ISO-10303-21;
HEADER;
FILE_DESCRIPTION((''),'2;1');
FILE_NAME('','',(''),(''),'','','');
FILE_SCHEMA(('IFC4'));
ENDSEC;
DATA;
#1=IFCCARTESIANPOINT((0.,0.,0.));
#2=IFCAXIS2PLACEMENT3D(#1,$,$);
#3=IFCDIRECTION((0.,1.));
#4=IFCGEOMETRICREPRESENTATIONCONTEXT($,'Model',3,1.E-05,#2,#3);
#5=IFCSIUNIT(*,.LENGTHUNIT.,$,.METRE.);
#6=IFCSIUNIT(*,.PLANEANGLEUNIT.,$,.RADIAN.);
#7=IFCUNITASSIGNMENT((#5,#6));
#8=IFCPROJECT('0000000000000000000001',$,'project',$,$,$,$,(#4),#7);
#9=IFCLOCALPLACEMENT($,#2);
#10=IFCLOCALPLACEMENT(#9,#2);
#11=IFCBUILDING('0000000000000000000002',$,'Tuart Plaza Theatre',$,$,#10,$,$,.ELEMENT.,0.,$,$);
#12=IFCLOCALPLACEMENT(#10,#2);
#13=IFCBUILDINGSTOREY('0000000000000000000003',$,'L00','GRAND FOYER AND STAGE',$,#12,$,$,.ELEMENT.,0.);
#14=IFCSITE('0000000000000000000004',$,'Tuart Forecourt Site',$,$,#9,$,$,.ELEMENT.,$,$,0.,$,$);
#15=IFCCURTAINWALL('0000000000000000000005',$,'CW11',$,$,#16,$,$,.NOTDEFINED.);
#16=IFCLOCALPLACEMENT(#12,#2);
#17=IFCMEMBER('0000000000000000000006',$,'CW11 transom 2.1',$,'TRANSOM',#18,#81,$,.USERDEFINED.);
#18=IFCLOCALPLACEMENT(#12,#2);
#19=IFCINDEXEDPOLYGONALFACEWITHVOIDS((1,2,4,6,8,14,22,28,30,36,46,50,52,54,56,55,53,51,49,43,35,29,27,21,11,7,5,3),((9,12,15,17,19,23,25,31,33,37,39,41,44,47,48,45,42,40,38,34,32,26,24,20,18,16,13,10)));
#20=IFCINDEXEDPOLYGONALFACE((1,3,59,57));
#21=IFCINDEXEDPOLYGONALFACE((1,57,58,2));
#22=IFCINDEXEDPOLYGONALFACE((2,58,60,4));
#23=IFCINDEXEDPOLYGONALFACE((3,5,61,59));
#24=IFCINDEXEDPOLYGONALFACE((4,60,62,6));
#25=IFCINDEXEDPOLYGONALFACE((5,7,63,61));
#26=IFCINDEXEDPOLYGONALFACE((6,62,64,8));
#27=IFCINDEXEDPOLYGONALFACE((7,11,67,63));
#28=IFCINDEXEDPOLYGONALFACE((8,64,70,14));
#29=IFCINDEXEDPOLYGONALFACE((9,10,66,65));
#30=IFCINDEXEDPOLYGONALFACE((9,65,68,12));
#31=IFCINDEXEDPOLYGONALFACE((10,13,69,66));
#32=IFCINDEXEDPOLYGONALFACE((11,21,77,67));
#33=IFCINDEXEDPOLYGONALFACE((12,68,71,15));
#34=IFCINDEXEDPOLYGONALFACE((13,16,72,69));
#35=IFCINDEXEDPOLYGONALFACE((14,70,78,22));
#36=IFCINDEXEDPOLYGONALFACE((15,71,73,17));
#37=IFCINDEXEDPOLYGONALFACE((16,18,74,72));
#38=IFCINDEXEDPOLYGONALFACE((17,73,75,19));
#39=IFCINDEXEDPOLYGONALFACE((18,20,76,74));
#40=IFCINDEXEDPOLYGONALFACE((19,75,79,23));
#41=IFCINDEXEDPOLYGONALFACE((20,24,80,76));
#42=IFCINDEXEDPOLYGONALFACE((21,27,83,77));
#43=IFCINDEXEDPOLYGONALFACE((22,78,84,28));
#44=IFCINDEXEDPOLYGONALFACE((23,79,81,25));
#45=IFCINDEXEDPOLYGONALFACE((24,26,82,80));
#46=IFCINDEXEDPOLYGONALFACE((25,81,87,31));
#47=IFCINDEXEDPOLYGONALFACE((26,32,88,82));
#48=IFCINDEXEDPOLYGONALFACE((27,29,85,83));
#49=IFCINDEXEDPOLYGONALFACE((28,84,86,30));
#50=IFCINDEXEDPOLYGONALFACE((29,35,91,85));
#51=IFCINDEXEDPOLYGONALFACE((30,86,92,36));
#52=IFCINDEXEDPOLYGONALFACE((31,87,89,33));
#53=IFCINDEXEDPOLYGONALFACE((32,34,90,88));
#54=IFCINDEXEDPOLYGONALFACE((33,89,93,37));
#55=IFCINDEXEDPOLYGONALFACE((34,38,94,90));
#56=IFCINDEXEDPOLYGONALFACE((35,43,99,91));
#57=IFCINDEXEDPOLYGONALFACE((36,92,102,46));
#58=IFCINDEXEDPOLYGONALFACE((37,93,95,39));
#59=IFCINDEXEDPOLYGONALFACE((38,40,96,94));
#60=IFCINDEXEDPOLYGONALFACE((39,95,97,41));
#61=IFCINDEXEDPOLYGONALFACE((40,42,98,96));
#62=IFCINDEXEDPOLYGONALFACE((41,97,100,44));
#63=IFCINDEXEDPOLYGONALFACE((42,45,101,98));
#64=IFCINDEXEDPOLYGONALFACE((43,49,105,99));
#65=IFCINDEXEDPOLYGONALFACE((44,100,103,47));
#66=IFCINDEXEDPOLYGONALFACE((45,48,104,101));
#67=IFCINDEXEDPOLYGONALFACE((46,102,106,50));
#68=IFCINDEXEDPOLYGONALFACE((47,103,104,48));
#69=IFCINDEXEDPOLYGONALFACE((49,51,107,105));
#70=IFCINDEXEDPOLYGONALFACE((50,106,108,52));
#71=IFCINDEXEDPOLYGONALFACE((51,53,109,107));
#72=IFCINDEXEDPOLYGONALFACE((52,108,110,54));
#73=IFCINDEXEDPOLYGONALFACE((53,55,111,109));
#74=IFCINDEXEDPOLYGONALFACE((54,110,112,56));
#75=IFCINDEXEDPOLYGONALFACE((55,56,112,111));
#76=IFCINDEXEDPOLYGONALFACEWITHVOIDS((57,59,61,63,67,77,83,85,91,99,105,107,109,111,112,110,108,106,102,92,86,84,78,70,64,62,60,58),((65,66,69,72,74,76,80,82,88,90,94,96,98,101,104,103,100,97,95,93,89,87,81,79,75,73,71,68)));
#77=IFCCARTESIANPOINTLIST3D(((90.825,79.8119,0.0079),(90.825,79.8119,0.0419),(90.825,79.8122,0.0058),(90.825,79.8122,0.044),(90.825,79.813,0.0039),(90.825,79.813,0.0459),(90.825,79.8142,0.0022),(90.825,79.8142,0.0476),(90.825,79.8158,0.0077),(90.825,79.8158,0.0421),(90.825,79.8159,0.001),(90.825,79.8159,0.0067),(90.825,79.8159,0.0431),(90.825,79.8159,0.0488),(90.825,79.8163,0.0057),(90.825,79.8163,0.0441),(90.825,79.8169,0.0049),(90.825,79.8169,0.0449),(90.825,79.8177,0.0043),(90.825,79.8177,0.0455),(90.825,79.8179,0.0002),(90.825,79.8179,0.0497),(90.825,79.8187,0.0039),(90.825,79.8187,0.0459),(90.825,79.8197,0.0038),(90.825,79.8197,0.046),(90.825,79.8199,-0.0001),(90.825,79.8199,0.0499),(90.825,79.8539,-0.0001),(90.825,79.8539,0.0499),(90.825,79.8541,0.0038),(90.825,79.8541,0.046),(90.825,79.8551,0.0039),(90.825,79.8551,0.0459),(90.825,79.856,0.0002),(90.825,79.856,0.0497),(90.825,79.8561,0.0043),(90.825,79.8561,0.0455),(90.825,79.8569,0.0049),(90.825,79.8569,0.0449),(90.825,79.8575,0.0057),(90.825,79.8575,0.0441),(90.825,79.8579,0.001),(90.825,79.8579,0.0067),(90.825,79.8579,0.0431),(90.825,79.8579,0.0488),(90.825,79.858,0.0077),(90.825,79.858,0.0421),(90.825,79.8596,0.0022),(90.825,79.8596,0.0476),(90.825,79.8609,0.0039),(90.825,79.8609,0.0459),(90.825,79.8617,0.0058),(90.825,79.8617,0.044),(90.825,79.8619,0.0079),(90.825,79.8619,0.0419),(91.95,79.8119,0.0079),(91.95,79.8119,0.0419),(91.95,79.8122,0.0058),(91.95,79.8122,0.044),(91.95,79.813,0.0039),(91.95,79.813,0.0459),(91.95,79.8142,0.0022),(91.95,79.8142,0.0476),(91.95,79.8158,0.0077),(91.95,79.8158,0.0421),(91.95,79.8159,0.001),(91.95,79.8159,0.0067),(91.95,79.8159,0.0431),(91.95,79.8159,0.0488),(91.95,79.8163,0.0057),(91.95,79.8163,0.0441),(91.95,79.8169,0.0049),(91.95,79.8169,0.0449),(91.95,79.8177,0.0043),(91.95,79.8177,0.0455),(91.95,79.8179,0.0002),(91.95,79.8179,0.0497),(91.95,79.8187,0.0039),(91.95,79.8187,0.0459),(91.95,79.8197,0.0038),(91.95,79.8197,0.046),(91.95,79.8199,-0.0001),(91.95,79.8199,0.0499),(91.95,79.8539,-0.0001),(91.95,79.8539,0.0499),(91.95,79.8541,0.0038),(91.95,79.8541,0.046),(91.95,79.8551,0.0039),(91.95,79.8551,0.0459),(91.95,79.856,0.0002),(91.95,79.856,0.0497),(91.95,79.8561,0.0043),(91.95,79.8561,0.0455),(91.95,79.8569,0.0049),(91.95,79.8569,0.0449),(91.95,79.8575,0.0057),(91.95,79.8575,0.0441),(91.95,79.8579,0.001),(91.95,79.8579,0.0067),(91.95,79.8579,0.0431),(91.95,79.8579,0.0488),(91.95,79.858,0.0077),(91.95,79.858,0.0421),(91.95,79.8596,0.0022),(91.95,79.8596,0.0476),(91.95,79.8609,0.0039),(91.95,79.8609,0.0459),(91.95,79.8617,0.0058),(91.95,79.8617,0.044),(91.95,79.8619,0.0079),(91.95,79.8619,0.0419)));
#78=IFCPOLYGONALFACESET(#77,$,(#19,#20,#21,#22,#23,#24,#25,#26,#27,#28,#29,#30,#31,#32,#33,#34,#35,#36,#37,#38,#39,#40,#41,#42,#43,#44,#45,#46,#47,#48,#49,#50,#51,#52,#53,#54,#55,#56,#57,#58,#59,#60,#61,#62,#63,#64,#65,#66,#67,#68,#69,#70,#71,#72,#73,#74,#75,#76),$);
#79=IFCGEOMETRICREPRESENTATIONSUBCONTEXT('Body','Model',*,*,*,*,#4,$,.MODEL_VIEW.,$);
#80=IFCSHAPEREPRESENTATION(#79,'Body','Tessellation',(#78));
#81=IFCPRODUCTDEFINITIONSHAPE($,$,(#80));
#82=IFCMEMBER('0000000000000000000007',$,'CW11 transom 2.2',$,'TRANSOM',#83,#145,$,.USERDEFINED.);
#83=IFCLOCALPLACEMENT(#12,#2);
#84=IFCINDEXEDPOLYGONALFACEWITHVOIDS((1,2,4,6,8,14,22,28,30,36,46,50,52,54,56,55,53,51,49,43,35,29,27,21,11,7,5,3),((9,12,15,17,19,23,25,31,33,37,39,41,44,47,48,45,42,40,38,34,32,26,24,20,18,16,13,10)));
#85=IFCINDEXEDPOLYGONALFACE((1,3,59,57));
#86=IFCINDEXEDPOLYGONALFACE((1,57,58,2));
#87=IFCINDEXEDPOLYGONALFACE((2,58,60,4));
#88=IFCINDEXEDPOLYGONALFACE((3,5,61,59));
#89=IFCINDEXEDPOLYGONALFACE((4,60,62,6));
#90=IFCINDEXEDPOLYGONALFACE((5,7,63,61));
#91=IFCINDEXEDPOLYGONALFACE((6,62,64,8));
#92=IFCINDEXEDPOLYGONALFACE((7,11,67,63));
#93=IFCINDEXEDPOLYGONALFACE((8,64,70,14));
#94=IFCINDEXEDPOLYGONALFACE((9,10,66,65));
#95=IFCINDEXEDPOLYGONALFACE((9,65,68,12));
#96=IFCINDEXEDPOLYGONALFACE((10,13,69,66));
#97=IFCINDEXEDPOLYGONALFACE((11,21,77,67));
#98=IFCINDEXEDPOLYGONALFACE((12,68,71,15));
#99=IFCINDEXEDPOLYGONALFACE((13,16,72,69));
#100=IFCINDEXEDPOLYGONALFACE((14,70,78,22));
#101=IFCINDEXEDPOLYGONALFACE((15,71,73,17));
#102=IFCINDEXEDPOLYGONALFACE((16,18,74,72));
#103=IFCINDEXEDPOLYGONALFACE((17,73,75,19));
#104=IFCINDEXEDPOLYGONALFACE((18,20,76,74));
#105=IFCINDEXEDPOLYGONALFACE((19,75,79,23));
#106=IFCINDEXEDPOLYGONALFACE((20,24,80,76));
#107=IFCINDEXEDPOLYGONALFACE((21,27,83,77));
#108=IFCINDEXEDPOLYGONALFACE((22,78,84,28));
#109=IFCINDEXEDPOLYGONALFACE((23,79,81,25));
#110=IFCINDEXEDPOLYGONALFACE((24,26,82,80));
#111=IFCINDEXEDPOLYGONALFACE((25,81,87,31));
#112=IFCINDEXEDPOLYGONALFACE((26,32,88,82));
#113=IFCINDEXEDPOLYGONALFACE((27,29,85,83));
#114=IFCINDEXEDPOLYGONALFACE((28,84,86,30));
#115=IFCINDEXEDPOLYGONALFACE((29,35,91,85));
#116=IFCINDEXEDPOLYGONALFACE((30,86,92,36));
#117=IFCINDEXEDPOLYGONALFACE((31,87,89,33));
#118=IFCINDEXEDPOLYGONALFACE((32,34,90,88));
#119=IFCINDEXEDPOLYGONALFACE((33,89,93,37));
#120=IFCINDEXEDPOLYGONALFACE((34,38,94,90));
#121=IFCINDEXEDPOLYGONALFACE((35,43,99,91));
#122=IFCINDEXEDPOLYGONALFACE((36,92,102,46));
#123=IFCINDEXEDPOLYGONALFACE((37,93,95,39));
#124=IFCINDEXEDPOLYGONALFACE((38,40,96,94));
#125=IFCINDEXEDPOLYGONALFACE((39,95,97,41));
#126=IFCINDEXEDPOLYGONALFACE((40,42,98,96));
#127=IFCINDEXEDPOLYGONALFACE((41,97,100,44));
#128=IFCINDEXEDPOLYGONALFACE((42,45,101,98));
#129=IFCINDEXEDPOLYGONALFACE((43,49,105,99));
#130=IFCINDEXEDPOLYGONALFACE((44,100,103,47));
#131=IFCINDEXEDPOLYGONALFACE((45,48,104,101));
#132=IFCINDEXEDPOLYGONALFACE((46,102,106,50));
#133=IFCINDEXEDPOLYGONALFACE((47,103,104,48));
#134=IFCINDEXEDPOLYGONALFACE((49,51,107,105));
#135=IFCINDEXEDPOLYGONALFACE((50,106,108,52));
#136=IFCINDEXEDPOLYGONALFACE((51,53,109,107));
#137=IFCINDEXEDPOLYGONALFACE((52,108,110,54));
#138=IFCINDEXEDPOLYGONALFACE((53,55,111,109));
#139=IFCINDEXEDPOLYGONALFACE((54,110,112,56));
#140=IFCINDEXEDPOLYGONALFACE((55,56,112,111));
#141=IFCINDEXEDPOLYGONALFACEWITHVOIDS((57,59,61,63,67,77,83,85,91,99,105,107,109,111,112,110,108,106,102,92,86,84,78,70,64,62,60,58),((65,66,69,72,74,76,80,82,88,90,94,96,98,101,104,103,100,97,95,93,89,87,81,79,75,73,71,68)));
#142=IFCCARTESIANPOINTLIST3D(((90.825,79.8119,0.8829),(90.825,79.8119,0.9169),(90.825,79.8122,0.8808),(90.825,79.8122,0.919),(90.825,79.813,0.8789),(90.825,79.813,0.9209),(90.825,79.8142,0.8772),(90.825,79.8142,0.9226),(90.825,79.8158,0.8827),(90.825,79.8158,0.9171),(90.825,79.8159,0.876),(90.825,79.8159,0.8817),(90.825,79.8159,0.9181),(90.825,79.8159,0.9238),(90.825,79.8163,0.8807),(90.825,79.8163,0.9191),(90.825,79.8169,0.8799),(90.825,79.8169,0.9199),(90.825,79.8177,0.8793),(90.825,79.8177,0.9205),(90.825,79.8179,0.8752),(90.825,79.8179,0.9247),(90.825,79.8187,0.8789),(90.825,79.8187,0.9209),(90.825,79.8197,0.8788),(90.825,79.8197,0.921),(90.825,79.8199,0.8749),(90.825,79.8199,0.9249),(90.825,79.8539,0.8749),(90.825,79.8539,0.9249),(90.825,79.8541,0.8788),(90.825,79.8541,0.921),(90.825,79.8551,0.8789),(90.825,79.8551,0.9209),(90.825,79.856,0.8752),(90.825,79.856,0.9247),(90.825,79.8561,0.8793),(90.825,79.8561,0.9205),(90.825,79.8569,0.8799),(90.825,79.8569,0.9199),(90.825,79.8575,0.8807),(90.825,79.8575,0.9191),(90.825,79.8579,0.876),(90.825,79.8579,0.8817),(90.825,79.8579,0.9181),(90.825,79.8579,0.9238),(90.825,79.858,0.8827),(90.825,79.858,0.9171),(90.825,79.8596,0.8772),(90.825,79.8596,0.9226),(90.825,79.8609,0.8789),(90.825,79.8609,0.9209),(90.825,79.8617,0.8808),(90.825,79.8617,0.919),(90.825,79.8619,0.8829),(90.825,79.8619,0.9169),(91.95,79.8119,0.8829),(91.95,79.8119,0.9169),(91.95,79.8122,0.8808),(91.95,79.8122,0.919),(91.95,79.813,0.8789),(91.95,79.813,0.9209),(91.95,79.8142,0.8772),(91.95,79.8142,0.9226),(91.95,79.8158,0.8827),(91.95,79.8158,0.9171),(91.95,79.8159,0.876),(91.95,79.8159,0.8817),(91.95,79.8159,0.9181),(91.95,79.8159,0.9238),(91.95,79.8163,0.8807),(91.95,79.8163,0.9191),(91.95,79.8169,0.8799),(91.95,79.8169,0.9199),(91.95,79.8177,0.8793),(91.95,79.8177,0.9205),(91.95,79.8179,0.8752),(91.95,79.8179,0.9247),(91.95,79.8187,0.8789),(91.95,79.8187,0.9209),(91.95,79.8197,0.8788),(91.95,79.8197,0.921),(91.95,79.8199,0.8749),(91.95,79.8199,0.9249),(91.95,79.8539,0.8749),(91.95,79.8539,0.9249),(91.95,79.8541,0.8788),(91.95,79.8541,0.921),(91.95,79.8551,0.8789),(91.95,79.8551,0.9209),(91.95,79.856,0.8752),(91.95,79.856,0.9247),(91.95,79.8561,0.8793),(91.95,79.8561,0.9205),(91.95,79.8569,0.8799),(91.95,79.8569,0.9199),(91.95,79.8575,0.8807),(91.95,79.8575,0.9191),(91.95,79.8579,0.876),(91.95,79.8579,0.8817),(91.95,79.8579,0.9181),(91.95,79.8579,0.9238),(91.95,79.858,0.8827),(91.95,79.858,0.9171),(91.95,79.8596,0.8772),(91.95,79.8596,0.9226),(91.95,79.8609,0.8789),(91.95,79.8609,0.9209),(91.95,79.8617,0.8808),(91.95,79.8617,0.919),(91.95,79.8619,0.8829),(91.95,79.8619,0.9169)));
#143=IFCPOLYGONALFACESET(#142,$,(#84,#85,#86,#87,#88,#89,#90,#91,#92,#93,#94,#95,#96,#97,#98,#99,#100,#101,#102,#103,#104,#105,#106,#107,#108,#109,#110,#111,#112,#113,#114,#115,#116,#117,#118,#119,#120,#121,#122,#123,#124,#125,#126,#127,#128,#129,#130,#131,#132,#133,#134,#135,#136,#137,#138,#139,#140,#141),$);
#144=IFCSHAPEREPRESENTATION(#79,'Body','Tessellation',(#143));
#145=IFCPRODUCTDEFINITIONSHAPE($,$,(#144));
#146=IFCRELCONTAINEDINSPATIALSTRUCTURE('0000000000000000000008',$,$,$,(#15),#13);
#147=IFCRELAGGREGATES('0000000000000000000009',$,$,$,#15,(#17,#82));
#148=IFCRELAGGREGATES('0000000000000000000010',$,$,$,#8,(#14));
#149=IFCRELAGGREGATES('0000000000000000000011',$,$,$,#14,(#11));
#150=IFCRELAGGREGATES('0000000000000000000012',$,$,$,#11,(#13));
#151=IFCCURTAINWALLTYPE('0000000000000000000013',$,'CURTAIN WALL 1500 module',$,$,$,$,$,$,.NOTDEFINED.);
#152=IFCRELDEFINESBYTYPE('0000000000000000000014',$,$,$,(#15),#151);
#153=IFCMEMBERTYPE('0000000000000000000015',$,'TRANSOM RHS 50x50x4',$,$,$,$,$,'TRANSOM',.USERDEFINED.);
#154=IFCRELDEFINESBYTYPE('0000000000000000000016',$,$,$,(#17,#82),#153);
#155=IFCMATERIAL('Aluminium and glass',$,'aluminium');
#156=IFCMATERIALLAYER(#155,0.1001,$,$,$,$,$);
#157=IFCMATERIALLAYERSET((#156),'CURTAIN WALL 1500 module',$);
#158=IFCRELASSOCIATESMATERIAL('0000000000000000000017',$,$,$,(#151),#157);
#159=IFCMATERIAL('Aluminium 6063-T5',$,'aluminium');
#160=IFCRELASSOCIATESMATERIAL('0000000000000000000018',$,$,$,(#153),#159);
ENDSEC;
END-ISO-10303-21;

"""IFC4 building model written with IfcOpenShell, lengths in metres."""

from ifc_helpers import new_model, si_unit, direction, frame, origin, origin_2d, place, context, subcontext, project, spatial, hollow_rectangle, extrude, material, layer, layer_set, material_profile, profile_set, type_object, element, aggregate, save


model = new_model("IFC4")

# Units and contexts
model_context = context("Model", 3, precision=1e-05, world=origin(), true_north=direction((0.0, 1.0)))
body_context = subcontext(model_context, "Body", "Model", "MODEL_VIEW")
ifc_project = project(units=[si_unit("LENGTHUNIT", "METRE"), si_unit("PLANEANGLEUNIT", "RADIAN")], contexts=[model_context])

# Site, building, storey
site_placement = place(None, origin())
site = spatial("IfcSite", under=ifc_project, at=site_placement, Name="Tuart Forecourt Site", CompositionType="ELEMENT", RefElevation=0.0)
building_placement = place(site_placement, origin())
building = spatial("IfcBuilding", under=site, at=building_placement, Name="Tuart Plaza Theatre", CompositionType="ELEMENT", ElevationOfRefHeight=0.0)
storey_placement = place(building_placement, origin())
storey = spatial("IfcBuildingStorey", under=building, at=storey_placement, Name="L00", Description="GRAND FOYER AND STAGE", CompositionType="ELEMENT", Elevation=0.0)

# Curtain wall
ifc_material_1 = material(Name="Aluminium and glass", Category="aluminium")
ifc_layer_1 = layer(ifc_material_1, 0.1001)
ifc_layer_set_1 = layer_set([ifc_layer_1], Name="CURTAIN WALL 1500 module")
curtain_wall_type = type_object("IfcCurtainWallType", Name="CURTAIN WALL 1500 module", PredefinedType="NOTDEFINED", material=ifc_layer_set_1)
curtain_wall_1_placement = place(storey_placement, origin())
curtain_wall_1 = element("IfcCurtainWall", 1, at=curtain_wall_1_placement, inside=storey, type_object=curtain_wall_type, Name="CW11", PredefinedType="NOTDEFINED")

# Members
ifc_material_2 = material(Name="Aluminium 6063-T5", Category="aluminium")
ifc_material_profile_1 = material_profile(ifc_material_2, hollow_rectangle(XDim=0.05, YDim=0.05, WallThickness=0.0039, InnerFilletRadius=0.0039, OuterFilletRadius=0.0081, at=origin_2d()), Name="RHS 50x50x4")
ifc_profile_set_1 = profile_set([ifc_material_profile_1], Name="Aluminium 6063-T5")
member_type_1 = type_object("IfcMemberType", Name="TRANSOM RHS 50x50x4", ElementType="TRANSOM", PredefinedType="USERDEFINED", material=ifc_profile_set_1)
member_1_placement = place(storey_placement, frame((90.825, 79.8369, 0.0249), z_axis=(1.0, 0.0, 0.0), x_axis=(0.0, 1.0, 0.0)))
member_1 = element("IfcMember", 2, at=member_1_placement, type_object=member_type_1, Name="CW11 transom 2.1", ObjectType="TRANSOM", PredefinedType="USERDEFINED", context=body_context, shape_type="SweptSolid", body=[
    extrude(hollow_rectangle(XDim=0.05, YDim=0.05, WallThickness=0.0039, InnerFilletRadius=0.0039, OuterFilletRadius=0.0081, at=origin_2d()), origin(), (0.0, 0.0, 1.0), 1.125),
])
member_2_placement = place(storey_placement, frame((90.825, 79.8369, 0.8999), z_axis=(1.0, 0.0, 0.0), x_axis=(0.0, 1.0, 0.0)))
member_2 = element("IfcMember", 3, at=member_2_placement, type_object=member_type_1, Name="CW11 transom 2.2", ObjectType="TRANSOM", PredefinedType="USERDEFINED", context=body_context, shape_type="SweptSolid", body=[
    extrude(hollow_rectangle(XDim=0.05, YDim=0.05, WallThickness=0.0039, InnerFilletRadius=0.0039, OuterFilletRadius=0.0081, at=origin_2d()), origin(), (0.0, 0.0, 1.0), 1.125),
])

aggregate(curtain_wall_1, [member_1, member_2])

save(model, "model.ifc")
